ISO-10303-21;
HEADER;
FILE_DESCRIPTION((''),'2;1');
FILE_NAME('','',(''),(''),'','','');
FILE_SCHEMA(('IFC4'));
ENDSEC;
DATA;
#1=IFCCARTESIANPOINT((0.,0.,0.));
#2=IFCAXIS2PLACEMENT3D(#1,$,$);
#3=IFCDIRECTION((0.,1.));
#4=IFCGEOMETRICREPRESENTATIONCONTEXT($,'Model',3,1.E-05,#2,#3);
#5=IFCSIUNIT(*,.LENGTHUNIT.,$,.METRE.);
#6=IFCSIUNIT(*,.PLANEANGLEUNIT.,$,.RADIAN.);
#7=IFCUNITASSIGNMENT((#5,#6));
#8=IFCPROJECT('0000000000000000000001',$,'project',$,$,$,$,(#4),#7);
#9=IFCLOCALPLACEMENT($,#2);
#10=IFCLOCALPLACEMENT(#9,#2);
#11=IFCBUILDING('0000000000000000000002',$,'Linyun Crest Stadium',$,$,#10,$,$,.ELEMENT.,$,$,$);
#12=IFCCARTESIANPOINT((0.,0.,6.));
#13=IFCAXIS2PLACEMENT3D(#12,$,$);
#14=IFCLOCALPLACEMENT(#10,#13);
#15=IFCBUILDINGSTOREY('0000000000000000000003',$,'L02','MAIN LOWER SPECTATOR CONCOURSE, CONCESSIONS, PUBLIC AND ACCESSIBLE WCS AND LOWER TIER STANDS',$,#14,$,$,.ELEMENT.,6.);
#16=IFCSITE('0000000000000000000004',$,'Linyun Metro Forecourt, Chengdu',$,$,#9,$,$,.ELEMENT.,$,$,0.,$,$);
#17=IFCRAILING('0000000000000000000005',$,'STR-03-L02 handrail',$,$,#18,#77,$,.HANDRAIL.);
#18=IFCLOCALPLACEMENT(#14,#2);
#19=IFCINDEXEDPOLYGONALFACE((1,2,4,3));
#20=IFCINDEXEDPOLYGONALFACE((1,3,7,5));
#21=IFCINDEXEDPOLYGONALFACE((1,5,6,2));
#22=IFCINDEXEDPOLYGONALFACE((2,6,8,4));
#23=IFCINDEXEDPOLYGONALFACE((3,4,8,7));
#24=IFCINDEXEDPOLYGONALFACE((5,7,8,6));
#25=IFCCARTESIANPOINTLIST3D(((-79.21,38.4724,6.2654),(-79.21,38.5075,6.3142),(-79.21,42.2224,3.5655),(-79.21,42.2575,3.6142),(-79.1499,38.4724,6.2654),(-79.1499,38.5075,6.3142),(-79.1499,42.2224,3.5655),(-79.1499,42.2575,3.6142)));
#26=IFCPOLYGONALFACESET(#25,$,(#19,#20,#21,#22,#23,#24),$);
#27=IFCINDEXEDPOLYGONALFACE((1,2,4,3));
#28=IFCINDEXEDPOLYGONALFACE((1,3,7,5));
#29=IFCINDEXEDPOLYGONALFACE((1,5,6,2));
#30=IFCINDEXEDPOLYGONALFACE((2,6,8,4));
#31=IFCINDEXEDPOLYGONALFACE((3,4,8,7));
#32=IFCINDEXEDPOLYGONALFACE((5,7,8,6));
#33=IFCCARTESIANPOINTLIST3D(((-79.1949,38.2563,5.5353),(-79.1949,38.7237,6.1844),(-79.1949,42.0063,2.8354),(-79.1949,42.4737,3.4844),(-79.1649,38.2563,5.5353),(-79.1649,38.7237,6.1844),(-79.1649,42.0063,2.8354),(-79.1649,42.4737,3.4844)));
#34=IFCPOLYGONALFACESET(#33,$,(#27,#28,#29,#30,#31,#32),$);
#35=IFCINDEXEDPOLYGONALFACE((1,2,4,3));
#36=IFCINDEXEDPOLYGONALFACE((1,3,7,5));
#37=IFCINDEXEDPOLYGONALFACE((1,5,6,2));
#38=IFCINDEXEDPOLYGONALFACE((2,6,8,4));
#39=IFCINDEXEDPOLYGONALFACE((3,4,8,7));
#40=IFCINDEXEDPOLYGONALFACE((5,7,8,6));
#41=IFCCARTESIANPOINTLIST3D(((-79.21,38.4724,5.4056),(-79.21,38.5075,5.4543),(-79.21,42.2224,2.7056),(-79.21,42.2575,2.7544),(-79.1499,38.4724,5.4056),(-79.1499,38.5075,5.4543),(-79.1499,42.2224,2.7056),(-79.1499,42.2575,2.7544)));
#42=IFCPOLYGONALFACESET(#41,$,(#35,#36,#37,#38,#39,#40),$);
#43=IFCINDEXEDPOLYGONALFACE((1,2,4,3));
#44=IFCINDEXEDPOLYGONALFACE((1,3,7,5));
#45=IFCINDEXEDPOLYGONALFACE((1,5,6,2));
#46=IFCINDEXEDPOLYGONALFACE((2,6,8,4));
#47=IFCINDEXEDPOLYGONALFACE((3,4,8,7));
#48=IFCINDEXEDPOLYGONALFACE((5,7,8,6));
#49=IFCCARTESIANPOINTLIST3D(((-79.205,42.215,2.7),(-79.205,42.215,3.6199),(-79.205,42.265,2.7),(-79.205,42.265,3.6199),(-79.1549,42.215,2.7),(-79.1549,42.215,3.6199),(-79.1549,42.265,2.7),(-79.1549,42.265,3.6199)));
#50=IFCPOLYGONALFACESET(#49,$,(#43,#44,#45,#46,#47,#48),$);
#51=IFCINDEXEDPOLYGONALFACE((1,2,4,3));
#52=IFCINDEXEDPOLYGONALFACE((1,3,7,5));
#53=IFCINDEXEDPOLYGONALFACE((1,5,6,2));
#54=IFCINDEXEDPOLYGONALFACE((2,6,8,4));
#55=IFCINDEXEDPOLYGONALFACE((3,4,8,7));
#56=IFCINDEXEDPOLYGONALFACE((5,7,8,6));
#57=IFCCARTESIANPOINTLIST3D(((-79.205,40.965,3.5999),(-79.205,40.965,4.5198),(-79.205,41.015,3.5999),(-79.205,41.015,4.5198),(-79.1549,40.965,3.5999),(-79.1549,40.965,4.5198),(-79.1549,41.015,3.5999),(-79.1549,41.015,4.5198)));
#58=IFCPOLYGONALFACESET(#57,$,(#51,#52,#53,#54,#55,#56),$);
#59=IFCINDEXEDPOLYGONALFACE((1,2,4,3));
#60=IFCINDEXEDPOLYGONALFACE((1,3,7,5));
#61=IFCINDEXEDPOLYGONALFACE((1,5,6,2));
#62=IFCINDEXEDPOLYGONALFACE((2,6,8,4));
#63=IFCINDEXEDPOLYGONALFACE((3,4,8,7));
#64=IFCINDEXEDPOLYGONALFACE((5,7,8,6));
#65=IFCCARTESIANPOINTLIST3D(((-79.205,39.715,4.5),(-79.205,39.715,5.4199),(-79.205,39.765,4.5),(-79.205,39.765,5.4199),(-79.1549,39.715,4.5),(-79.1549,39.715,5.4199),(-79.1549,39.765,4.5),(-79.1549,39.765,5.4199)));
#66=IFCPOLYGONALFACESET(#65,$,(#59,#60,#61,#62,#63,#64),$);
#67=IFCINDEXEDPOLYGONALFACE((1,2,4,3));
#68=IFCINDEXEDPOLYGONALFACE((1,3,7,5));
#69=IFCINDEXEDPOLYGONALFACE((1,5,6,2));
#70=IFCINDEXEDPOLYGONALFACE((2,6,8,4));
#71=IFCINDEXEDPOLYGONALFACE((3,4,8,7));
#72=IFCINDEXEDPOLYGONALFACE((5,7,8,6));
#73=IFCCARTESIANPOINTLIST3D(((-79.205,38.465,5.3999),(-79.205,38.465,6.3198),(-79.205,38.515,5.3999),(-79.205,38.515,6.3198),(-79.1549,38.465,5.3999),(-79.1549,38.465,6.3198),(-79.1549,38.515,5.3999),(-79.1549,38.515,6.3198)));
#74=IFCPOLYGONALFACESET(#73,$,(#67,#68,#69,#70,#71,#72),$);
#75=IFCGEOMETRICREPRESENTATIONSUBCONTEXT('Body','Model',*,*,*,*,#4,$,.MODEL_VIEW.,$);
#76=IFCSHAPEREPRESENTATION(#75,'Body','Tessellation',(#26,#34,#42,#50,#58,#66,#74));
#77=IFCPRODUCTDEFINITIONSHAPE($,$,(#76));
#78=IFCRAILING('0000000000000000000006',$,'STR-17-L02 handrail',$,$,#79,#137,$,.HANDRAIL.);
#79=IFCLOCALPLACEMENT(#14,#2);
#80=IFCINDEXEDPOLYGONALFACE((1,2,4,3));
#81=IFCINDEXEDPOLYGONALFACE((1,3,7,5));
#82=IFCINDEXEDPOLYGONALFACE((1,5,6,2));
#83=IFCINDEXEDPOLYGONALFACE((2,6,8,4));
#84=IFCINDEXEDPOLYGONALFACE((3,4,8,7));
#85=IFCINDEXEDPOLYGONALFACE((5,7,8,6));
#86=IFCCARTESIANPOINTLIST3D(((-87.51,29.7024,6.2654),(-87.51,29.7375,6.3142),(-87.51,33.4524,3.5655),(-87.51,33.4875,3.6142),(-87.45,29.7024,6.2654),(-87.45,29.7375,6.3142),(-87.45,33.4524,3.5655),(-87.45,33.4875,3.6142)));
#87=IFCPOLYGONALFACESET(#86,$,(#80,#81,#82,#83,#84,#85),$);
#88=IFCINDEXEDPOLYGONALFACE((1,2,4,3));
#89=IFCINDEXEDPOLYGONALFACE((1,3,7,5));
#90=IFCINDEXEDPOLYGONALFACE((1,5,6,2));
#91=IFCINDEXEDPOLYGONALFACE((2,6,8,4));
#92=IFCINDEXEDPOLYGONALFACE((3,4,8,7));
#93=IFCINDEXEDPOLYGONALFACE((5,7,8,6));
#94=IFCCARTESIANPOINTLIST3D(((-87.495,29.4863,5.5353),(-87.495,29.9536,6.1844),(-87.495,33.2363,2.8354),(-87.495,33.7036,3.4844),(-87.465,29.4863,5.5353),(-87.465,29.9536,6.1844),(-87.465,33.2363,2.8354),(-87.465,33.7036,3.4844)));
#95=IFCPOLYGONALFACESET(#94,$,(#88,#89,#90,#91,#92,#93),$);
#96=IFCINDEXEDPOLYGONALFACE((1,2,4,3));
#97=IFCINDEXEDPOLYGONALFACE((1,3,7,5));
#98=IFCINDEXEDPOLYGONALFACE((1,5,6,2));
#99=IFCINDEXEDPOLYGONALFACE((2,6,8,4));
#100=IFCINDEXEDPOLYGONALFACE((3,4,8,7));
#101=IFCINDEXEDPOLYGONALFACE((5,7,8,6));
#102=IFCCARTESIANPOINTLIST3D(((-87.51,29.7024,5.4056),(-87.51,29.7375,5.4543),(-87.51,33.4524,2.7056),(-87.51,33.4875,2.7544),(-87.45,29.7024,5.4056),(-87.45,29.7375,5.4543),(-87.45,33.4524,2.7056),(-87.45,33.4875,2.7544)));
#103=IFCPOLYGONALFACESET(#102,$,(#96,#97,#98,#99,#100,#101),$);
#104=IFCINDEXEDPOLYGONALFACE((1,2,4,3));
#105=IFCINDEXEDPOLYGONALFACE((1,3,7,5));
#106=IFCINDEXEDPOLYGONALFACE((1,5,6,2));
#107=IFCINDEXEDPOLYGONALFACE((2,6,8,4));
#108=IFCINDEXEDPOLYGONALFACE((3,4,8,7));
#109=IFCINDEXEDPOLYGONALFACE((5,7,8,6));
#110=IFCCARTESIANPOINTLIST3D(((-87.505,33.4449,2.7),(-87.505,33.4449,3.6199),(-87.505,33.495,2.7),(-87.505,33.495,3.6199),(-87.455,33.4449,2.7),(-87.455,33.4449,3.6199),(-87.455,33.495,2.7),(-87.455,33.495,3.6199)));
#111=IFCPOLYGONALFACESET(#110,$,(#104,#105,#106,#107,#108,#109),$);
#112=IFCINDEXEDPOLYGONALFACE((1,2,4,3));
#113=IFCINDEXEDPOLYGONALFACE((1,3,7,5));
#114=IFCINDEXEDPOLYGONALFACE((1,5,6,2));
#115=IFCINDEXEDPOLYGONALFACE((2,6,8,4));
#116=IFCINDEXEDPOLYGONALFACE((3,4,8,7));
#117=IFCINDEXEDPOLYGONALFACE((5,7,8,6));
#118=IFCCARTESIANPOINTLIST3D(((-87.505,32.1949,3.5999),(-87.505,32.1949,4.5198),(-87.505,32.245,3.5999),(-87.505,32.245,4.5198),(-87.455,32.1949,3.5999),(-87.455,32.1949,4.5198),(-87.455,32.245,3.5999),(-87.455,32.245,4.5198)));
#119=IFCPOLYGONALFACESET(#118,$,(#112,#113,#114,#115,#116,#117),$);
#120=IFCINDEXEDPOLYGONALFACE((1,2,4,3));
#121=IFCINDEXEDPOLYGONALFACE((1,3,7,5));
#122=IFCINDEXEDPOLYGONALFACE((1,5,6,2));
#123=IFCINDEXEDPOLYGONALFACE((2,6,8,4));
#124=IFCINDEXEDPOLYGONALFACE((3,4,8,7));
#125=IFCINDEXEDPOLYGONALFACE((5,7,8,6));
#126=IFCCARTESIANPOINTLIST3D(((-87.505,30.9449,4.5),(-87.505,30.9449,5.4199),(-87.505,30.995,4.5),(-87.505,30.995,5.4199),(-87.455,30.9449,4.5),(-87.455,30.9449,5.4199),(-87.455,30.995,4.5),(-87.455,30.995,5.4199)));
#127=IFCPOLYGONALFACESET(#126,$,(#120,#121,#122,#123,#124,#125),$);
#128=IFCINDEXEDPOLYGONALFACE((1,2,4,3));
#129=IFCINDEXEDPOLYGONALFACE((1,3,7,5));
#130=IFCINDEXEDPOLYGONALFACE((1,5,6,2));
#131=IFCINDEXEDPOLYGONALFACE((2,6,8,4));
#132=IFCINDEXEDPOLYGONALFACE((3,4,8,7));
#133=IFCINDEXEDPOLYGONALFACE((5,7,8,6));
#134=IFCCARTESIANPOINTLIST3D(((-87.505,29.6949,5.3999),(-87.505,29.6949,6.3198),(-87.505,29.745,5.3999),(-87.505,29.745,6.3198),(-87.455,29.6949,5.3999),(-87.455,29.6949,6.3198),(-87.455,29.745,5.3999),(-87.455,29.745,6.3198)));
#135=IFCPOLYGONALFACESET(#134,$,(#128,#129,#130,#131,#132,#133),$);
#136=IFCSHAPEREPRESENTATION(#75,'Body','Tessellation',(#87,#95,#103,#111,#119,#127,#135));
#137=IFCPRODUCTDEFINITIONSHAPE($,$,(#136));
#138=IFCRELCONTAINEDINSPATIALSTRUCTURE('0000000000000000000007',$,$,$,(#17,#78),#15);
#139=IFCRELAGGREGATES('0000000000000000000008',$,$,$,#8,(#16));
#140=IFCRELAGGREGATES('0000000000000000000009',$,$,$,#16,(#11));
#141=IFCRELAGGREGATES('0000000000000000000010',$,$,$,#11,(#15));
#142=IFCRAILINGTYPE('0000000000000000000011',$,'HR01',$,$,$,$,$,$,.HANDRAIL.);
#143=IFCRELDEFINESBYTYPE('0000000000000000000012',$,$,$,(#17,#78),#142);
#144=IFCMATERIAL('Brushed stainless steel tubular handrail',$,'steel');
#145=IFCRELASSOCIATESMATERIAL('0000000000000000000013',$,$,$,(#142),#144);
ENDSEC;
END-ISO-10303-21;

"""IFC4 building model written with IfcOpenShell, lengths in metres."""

from ifc_helpers import new_model, si_unit, direction, frame, origin, origin_2d, place, context, subcontext, project, spatial, rectangle, extrude, material, type_object, element, save


model = new_model("IFC4")

# Units and contexts
model_context = context("Model", 3, precision=1e-05, world=origin(), true_north=direction((0.0, 1.0)))
body_context = subcontext(model_context, "Body", "Model", "MODEL_VIEW")
ifc_project = project(units=[si_unit("LENGTHUNIT", "METRE"), si_unit("PLANEANGLEUNIT", "RADIAN")], contexts=[model_context])

# Site, building, storey
site_placement = place(None, origin())
site = spatial("IfcSite", under=ifc_project, at=site_placement, Name="Linyun Metro Forecourt, Chengdu", CompositionType="ELEMENT", RefElevation=0.0)
building_placement = place(site_placement, origin())
building = spatial("IfcBuilding", under=site, at=building_placement, Name="Linyun Crest Stadium", CompositionType="ELEMENT")
storey_placement = place(building_placement, frame((0.0, 0.0, 6.0)))
storey = spatial("IfcBuildingStorey", under=building, at=storey_placement, Name="L02", Description="MAIN LOWER SPECTATOR CONCOURSE, CONCESSIONS, PUBLIC AND ACCESSIBLE WCS AND LOWER TIER STANDS", CompositionType="ELEMENT", Elevation=6.0)

# Railings
ifc_material_1 = material(Name="Brushed stainless steel tubular handrail", Category="steel")
railing_type_1 = type_object("IfcRailingType", Name="HR01", PredefinedType="HANDRAIL", material=ifc_material_1)
for number, where, name in (
    (1, (-79.1799, 42.24, 2.7), "STR-03-L02 handrail"),
    (2, (-87.48, 33.47, 2.7), "STR-17-L02 handrail"),
):
    element("IfcRailing", number, at=place(storey_placement, frame(where)), inside=storey, type_object=railing_type_1, Name=name, PredefinedType="HANDRAIL", context=body_context, shape_type="SweptSolid", body=[
        extrude(rectangle(XDim=0.0601, YDim=0.0601, at=origin_2d()), frame((0.0, 0.0, 0.8899), z_axis=(0.0, -0.811539, 0.584298), x_axis=(1.0, 0.0, 0.0)), (0.0, 0.0, 1.0), 4.6208),
        extrude(rectangle(XDim=0.03, YDim=0.7998, at=origin_2d()), frame((0.0, 0.0, 0.46), z_axis=(0.0, -0.811539, 0.584298), x_axis=(1.0, 0.0, 0.0)), (0.0, 0.0, 1.0), 4.6208),
        extrude(rectangle(XDim=0.0601, YDim=0.0601, at=origin_2d()), frame((0.0, 0.0, 0.03), z_axis=(0.0, -0.811539, 0.584298), x_axis=(1.0, 0.0, 0.0)), (0.0, 0.0, 1.0), 4.6208),
        extrude(rectangle(XDim=0.05, YDim=0.05, at=origin_2d()), origin(), (0.0, 0.0, 1.0), 0.9199),
        extrude(rectangle(XDim=0.05, YDim=0.05, at=origin_2d()), frame((0.0, -1.25, 0.8999)), (0.0, 0.0, 1.0), 0.9199),
        extrude(rectangle(XDim=0.05, YDim=0.05, at=origin_2d()), frame((0.0, -2.5, 1.8)), (0.0, 0.0, 1.0), 0.9199),
        extrude(rectangle(XDim=0.05, YDim=0.05, at=origin_2d()), frame((0.0, -3.75, 2.7)), (0.0, 0.0, 1.0), 0.9199),
    ])

save(model, "model.ifc")
